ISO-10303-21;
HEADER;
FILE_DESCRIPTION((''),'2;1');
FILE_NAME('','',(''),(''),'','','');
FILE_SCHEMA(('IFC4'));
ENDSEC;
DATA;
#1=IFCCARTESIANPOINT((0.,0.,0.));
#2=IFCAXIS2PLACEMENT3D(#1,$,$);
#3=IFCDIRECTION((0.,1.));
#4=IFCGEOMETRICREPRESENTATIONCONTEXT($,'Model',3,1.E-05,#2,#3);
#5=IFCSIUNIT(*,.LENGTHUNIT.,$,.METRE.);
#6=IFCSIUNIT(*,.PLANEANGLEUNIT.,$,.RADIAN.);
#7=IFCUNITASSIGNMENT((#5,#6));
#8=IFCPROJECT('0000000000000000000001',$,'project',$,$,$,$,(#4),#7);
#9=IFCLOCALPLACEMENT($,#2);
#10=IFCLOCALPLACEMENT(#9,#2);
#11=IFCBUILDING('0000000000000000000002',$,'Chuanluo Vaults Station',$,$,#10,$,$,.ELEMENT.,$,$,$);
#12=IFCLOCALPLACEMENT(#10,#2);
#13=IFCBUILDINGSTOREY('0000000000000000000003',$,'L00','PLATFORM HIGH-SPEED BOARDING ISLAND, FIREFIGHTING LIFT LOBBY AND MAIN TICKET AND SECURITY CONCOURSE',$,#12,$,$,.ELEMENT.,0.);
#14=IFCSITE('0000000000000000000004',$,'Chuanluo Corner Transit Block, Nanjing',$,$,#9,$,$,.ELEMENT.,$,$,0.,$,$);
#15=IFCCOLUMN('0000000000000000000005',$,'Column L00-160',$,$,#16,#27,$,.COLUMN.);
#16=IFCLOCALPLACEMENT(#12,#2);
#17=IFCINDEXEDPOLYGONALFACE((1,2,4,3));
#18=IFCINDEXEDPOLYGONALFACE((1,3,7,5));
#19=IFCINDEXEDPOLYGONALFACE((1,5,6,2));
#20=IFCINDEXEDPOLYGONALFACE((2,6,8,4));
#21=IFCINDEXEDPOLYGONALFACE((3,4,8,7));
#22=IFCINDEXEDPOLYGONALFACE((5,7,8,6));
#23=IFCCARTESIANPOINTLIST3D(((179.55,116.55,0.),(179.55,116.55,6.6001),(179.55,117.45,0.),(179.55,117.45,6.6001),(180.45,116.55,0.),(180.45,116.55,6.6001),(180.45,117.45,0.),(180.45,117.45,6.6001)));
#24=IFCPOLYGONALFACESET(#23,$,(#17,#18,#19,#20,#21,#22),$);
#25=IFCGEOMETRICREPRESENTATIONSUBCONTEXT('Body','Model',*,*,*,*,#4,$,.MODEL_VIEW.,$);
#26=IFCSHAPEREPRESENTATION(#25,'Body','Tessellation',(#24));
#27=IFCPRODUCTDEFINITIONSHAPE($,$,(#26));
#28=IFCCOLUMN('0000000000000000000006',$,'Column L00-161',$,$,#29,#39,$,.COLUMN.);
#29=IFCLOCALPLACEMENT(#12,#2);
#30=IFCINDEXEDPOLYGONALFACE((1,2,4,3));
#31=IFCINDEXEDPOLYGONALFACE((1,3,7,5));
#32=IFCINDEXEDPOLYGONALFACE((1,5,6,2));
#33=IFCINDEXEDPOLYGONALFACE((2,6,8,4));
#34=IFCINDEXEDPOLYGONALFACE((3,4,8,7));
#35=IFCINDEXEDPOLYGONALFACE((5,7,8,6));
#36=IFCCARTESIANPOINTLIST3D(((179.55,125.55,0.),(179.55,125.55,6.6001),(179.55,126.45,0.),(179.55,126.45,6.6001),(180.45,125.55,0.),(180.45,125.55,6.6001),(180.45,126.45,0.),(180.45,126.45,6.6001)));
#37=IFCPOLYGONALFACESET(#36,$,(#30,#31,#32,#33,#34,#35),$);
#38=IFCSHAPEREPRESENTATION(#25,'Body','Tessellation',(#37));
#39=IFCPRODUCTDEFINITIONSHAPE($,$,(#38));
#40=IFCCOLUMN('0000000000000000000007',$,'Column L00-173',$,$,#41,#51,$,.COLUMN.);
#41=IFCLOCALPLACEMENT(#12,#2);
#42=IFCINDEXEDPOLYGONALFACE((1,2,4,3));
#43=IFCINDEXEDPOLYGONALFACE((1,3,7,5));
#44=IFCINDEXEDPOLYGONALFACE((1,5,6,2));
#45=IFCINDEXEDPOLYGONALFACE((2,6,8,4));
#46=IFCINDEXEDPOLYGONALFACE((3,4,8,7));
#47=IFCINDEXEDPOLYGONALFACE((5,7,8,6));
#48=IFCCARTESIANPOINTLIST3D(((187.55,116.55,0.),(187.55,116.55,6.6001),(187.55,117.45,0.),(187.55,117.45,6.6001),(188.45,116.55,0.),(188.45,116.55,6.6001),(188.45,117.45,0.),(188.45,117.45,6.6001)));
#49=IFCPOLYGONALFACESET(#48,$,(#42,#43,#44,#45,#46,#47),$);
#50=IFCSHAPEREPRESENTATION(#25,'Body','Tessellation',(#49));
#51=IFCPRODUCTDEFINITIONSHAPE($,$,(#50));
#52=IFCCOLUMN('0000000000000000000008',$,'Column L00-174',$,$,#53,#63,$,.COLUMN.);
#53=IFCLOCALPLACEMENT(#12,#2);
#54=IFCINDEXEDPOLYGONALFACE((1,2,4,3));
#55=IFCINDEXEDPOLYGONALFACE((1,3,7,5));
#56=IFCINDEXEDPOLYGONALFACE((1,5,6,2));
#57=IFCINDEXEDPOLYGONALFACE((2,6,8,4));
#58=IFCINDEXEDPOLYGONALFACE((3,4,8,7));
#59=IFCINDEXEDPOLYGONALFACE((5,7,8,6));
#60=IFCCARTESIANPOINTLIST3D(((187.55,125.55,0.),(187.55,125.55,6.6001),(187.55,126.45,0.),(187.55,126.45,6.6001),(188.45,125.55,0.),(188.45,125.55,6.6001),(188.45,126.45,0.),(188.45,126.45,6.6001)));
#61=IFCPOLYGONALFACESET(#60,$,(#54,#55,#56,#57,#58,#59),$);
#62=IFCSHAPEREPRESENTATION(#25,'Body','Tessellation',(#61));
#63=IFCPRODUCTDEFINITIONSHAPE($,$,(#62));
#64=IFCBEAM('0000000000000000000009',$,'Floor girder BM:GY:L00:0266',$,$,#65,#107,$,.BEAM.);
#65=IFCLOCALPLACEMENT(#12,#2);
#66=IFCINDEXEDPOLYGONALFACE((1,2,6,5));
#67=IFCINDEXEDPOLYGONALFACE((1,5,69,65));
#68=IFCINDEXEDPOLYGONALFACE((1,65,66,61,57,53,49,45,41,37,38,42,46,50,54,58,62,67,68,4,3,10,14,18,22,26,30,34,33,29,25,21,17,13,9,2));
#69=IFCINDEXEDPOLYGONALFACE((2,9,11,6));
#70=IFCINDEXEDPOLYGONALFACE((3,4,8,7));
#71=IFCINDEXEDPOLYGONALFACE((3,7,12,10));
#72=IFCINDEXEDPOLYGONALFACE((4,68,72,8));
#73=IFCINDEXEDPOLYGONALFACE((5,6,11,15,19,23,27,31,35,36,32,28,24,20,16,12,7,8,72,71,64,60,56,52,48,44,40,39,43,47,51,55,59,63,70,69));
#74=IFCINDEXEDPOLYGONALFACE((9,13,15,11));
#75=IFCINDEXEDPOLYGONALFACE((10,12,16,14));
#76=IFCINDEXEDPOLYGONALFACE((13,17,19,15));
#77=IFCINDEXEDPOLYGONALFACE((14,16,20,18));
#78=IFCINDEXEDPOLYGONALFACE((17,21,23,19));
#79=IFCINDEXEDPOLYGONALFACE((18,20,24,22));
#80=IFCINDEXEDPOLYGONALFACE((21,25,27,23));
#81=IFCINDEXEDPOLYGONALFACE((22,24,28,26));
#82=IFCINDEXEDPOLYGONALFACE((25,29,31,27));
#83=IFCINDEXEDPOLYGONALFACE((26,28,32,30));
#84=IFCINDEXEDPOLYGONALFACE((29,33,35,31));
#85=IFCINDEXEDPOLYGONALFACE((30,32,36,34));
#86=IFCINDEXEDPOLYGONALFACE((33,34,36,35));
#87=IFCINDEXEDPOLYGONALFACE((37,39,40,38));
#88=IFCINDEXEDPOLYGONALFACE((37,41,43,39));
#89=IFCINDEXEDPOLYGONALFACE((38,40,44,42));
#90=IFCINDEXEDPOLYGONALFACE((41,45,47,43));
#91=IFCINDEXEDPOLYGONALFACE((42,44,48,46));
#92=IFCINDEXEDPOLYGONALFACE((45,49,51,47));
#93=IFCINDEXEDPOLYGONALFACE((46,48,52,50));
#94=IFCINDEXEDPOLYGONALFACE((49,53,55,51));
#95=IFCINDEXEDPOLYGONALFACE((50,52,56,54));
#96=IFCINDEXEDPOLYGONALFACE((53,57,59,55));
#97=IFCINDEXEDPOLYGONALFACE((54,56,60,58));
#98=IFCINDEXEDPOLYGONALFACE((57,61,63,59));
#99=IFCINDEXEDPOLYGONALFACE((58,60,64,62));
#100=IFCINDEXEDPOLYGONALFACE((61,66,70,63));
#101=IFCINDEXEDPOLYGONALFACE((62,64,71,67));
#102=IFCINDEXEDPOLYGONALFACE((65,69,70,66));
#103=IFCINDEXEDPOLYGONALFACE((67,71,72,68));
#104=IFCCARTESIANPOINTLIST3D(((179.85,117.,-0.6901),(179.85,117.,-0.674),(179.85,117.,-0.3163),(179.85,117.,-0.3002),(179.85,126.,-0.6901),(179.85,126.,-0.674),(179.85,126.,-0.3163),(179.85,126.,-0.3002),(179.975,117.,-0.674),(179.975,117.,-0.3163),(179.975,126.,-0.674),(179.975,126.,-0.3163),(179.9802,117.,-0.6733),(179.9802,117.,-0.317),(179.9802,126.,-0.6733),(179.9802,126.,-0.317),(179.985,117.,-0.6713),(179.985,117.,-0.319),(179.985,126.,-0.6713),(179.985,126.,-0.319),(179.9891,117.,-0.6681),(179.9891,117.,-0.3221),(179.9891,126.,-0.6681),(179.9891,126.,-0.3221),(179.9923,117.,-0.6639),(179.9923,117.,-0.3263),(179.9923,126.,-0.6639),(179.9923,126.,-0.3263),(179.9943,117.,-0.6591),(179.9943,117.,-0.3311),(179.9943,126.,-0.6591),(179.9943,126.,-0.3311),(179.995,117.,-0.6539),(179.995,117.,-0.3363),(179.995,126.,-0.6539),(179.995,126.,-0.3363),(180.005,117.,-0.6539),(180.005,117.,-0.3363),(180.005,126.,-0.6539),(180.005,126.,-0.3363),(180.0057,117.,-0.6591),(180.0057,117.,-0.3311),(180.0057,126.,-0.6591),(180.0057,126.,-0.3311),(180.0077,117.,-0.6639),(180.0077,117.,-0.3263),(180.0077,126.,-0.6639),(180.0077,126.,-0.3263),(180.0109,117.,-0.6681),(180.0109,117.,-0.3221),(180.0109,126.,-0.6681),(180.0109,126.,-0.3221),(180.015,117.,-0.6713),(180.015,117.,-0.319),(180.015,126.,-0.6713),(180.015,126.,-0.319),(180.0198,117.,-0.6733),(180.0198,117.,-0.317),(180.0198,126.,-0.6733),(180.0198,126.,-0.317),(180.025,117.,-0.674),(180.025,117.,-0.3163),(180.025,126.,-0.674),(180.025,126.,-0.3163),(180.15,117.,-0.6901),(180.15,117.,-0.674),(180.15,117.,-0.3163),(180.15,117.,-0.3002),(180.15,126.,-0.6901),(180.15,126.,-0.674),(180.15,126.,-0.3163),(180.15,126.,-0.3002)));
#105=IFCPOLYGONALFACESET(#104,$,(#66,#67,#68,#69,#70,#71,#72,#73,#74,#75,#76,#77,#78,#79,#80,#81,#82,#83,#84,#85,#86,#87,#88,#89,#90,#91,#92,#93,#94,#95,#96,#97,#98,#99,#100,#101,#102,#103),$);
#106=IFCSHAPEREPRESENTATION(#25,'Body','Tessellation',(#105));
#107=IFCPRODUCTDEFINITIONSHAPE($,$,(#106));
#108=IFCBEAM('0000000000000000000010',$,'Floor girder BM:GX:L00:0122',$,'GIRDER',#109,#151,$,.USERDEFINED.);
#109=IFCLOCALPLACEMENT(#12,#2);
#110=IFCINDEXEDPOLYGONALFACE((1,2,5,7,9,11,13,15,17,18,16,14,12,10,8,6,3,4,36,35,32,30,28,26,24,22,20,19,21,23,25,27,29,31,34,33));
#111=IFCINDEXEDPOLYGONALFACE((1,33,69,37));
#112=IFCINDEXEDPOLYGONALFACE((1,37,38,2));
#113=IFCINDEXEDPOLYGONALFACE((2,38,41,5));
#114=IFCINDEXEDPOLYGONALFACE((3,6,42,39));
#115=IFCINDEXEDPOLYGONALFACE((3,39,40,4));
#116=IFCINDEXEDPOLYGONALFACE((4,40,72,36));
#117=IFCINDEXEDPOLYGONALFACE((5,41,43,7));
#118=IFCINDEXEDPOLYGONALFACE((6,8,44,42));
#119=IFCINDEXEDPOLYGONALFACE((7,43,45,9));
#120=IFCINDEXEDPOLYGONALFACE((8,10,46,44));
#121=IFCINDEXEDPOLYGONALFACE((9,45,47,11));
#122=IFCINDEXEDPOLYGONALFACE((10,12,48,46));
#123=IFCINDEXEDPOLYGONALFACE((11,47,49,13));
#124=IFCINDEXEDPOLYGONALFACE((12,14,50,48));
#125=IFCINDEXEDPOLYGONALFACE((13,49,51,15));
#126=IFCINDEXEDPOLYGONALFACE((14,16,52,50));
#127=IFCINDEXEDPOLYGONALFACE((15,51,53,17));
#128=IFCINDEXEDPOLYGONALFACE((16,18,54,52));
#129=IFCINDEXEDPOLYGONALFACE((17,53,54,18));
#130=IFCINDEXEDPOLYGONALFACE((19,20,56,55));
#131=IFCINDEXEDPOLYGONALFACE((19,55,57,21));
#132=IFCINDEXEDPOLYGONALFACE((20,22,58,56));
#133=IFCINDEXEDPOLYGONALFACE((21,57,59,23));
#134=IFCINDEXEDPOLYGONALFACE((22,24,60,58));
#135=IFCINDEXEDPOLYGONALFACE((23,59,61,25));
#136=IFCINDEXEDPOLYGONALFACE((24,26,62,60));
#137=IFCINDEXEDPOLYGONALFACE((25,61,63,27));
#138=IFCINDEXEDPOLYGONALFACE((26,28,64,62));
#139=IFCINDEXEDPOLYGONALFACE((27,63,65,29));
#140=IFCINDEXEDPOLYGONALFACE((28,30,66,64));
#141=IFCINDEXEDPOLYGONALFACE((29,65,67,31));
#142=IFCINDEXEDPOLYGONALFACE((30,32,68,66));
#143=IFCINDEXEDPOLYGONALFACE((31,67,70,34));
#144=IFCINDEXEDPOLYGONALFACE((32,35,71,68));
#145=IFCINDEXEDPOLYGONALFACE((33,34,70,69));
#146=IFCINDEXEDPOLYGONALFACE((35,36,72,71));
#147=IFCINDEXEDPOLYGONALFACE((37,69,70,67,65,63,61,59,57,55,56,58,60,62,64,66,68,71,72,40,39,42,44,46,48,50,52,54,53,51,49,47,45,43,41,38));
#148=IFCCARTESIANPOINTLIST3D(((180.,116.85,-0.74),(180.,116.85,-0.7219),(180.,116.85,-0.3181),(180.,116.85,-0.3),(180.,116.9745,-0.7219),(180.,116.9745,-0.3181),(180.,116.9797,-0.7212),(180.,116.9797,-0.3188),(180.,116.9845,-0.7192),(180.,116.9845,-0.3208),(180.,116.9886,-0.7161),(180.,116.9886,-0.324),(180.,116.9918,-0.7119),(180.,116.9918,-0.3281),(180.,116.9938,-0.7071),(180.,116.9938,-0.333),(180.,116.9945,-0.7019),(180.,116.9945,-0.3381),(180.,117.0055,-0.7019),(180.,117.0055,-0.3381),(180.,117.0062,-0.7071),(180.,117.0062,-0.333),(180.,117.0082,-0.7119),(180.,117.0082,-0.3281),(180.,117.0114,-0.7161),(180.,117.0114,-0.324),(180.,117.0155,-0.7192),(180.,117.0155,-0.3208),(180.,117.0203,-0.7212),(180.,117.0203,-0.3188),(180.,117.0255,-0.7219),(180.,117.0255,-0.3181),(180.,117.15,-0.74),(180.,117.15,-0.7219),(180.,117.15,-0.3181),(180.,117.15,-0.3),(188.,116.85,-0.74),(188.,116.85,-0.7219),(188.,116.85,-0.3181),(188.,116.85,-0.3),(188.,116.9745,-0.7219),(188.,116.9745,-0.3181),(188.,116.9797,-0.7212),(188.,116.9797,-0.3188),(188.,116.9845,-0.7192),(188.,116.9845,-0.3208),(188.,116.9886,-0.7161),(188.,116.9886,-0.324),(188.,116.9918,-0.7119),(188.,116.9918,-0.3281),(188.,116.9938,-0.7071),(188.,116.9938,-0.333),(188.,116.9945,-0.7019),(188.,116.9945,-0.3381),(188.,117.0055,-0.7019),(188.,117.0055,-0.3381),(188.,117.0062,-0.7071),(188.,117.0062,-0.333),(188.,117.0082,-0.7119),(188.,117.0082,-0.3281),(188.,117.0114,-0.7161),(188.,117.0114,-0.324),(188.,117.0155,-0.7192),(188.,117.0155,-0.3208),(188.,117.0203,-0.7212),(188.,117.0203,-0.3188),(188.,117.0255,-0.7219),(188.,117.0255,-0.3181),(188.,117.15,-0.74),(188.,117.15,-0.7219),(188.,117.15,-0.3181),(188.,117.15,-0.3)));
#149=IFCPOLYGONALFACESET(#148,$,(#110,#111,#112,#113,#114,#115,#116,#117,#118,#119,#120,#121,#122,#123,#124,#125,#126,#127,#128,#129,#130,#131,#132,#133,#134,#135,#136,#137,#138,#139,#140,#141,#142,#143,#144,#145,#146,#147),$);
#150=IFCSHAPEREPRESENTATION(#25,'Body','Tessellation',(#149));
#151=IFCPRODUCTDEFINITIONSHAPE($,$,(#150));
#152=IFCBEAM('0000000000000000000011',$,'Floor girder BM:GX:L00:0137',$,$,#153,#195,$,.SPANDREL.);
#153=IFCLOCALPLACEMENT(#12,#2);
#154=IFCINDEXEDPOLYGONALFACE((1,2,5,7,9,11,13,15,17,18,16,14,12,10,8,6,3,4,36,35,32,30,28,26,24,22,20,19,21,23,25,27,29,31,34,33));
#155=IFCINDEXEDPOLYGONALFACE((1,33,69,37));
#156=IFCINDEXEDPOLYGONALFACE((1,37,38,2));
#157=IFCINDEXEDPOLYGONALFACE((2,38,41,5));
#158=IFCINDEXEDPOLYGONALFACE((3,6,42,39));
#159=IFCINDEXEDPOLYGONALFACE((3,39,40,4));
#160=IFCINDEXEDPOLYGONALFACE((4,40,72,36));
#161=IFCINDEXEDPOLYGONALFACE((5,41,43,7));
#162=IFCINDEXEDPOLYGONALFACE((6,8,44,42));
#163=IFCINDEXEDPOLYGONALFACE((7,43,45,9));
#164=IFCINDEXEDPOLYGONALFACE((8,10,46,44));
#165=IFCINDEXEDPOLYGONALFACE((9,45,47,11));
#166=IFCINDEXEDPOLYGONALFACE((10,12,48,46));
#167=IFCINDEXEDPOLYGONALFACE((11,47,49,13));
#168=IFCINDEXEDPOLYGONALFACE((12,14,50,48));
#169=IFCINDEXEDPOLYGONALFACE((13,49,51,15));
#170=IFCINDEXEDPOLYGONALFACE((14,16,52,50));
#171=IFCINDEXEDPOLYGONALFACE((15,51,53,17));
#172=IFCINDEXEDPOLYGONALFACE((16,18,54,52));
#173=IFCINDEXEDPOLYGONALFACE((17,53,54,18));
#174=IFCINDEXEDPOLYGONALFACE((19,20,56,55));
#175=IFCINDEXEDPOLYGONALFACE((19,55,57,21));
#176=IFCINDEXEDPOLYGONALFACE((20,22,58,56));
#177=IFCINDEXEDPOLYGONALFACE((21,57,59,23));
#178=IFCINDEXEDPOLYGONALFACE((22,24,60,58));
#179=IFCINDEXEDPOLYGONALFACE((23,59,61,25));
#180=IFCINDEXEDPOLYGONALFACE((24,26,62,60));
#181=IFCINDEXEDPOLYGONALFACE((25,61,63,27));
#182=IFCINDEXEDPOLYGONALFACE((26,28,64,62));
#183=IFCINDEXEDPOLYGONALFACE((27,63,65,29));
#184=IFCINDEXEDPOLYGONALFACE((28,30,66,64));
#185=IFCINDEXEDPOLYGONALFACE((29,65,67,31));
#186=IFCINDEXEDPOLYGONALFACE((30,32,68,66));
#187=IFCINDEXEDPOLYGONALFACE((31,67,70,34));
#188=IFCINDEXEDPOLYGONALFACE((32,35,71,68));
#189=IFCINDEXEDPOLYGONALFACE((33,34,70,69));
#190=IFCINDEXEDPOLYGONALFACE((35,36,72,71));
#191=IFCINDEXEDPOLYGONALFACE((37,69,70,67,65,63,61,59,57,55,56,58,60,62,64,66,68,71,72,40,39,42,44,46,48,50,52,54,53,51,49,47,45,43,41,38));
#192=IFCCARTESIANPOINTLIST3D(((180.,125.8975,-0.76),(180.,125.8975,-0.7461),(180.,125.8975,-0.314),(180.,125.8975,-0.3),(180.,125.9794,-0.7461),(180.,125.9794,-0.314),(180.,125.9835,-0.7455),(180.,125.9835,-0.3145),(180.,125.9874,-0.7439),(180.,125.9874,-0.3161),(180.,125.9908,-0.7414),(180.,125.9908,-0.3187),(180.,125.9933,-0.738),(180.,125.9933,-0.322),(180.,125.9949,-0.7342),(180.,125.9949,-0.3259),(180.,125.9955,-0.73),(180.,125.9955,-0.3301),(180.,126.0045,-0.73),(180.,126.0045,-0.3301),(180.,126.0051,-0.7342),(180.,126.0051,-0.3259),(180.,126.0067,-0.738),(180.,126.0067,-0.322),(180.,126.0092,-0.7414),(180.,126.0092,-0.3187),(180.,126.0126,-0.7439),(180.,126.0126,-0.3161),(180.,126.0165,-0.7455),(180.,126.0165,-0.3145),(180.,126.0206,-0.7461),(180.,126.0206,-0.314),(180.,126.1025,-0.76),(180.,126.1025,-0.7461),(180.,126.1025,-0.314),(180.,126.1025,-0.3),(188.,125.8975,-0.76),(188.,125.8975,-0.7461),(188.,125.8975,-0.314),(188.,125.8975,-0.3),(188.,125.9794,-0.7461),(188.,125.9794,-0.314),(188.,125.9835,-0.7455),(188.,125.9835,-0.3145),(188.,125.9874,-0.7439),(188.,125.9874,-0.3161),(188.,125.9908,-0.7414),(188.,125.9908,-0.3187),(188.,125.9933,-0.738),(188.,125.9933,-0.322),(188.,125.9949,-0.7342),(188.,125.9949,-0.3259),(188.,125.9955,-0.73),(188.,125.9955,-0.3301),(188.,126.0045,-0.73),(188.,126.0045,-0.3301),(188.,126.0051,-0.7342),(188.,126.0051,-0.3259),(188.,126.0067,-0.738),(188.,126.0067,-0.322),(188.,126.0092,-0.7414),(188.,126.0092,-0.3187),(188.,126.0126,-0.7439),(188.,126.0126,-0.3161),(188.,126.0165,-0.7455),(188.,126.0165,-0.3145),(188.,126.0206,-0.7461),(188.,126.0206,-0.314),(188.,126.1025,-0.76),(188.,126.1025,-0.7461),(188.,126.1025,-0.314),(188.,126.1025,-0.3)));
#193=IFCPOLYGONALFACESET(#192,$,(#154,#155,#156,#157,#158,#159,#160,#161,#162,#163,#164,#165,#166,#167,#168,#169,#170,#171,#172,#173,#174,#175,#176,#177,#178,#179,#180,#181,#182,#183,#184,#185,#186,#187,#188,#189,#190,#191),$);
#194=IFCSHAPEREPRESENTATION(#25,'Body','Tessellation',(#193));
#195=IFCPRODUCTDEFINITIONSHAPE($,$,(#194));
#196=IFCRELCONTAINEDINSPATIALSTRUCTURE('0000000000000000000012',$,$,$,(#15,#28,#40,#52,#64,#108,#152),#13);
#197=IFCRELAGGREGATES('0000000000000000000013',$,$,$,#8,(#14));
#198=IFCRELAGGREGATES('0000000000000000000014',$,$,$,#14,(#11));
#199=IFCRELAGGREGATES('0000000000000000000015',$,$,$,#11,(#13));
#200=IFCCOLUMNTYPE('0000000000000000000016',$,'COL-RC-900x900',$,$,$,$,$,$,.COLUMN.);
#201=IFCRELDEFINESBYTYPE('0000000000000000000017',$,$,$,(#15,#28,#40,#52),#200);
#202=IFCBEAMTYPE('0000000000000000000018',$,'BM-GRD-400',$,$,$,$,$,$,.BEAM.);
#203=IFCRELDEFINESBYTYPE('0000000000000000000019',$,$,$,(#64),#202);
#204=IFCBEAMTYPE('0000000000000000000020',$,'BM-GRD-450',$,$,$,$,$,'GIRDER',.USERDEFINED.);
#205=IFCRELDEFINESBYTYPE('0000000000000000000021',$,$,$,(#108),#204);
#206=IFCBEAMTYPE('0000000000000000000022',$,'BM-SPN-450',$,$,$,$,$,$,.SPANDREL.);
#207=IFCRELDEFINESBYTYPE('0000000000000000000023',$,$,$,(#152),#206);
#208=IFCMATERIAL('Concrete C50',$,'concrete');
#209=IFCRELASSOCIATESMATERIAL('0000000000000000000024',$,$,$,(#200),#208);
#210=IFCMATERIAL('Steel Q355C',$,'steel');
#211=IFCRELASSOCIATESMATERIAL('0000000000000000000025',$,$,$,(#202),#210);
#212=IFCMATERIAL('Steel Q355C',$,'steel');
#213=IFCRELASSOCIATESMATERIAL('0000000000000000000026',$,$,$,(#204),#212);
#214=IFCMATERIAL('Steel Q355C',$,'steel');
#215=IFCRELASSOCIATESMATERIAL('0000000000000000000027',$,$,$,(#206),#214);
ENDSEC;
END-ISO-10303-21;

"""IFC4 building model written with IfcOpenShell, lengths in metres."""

from ifc_helpers import new_model, si_unit, direction, frame, origin, origin_2d, place, context, subcontext, project, spatial, rectangle, i_section, extrude, material, material_profile, profile_set, type_object, element, save


model = new_model("IFC4")

# Units and contexts
model_context = context("Model", 3, precision=1e-05, world=origin(), true_north=direction((0.0, 1.0)))
body_context = subcontext(model_context, "Body", "Model", "MODEL_VIEW")
ifc_project = project(units=[si_unit("LENGTHUNIT", "METRE"), si_unit("PLANEANGLEUNIT", "RADIAN")], contexts=[model_context])

# Site, building, storey
site_placement = place(None, origin())
site = spatial("IfcSite", under=ifc_project, at=site_placement, Name="Chuanluo Corner Transit Block, Nanjing", CompositionType="ELEMENT", RefElevation=0.0)
building_placement = place(site_placement, origin())
building = spatial("IfcBuilding", under=site, at=building_placement, Name="Chuanluo Vaults Station", CompositionType="ELEMENT")
storey_placement = place(building_placement, origin())
storey = spatial("IfcBuildingStorey", under=building, at=storey_placement, Name="L00", Description="PLATFORM HIGH-SPEED BOARDING ISLAND, FIREFIGHTING LIFT LOBBY AND MAIN TICKET AND SECURITY CONCOURSE", CompositionType="ELEMENT", Elevation=0.0)

# Columns
ifc_material_1 = material(Name="Concrete C50", Category="concrete")
ifc_material_profile_1 = material_profile(ifc_material_1, rectangle(XDim=0.8999, YDim=0.8999, at=origin_2d()))
ifc_profile_set_1 = profile_set([ifc_material_profile_1], Name="Concrete C50")
column_type = type_object("IfcColumnType", Name="COL-RC-900x900", PredefinedType="COLUMN", material=ifc_profile_set_1)
for number, where, z_axis, x_axis, name in (
    (1, (180.0, 117.0, 0.0), (0.0, 0.0, 1.0), (1.0, 0.0, 0.0), "Column L00-160"),
    (2, (180.0, 126.0, 0.0), (0.0, 0.0, 1.0), (1.0, 0.0, 0.0), "Column L00-161"),
    (3, (188.0, 117.0, 0.0), (0.0, 0.0, 1.0), (1.0, 0.0, 0.0), "Column L00-173"),
    (4, (188.0, 126.0, 0.0), (0.0, 0.0, 1.0), (1.0, 0.0, 0.0), "Column L00-174"),
):
    element("IfcColumn", number, at=place(storey_placement, frame(where, z_axis=z_axis, x_axis=x_axis)), inside=storey, type_object=column_type, Name=name, PredefinedType="COLUMN", context=body_context, shape_type="SweptSolid", body=[
        extrude(rectangle(XDim=0.8999, YDim=0.8999, at=origin_2d()), origin(), (0.0, 0.0, 1.0), 6.6001),
    ])

# Beams
ifc_material_2 = material(Name="Steel Q355C", Category="steel")
ifc_material_profile_2 = material_profile(ifc_material_2, i_section(OverallWidth=0.3, OverallDepth=0.3899, WebThickness=0.01, FlangeThickness=0.0161, FilletRadius=0.02, at=origin_2d()))
ifc_profile_set_2 = profile_set([ifc_material_profile_2], Name="Steel Q355C")
beam_type_1 = type_object("IfcBeamType", Name="BM-GRD-400", PredefinedType="BEAM", material=ifc_profile_set_2)
beam_1_placement = place(storey_placement, frame((180.0, 117.0, -0.4951), z_axis=(0.0, 1.0, 0.0), x_axis=(-1.0, 0.0, 0.0)))
element("IfcBeam", 5, at=beam_1_placement, inside=storey, type_object=beam_type_1, Name="Floor girder BM:GY:L00:0266", PredefinedType="BEAM", context=body_context, shape_type="SweptSolid", body=[
    extrude(i_section(OverallWidth=0.3, OverallDepth=0.3899, WebThickness=0.01, FlangeThickness=0.0161, FilletRadius=0.02, at=origin_2d()), origin(), (0.0, 0.0, 1.0), 9.0),
])
ifc_material_3 = material(Name="Steel Q355C", Category="steel")
ifc_material_profile_3 = material_profile(ifc_material_3, i_section(OverallWidth=0.3, OverallDepth=0.4399, WebThickness=0.011, FlangeThickness=0.0181, FilletRadius=0.02, at=origin_2d()))
ifc_profile_set_3 = profile_set([ifc_material_profile_3], Name="Steel Q355C")
beam_type_2 = type_object("IfcBeamType", Name="BM-GRD-450", ElementType="GIRDER", PredefinedType="USERDEFINED", material=ifc_profile_set_3)
beam_2_placement = place(storey_placement, frame((180.0, 117.0, -0.52), z_axis=(1.0, 0.0, 0.0), x_axis=(0.0, 1.0, 0.0)))
element("IfcBeam", 6, at=beam_2_placement, inside=storey, type_object=beam_type_2, Name="Floor girder BM:GX:L00:0122", ObjectType="GIRDER", PredefinedType="USERDEFINED", context=body_context, shape_type="SweptSolid", body=[
    extrude(i_section(OverallWidth=0.3, OverallDepth=0.4399, WebThickness=0.011, FlangeThickness=0.0181, FilletRadius=0.02, at=origin_2d()), origin(), (0.0, 0.0, 1.0), 8.0),
])
ifc_material_4 = material(Name="Steel Q355C", Category="steel")
ifc_material_profile_4 = material_profile(ifc_material_4, i_section(OverallWidth=0.2051, OverallDepth=0.46, WebThickness=0.009, FlangeThickness=0.0139, FilletRadius=0.0161, at=origin_2d()))
ifc_profile_set_4 = profile_set([ifc_material_profile_4], Name="Steel Q355C")
beam_type_3 = type_object("IfcBeamType", Name="BM-SPN-450", PredefinedType="SPANDREL", material=ifc_profile_set_4)
beam_3_placement = place(storey_placement, frame((180.0, 126.0, -0.53), z_axis=(1.0, 0.0, 0.0), x_axis=(0.0, 1.0, 0.0)))
element("IfcBeam", 7, at=beam_3_placement, inside=storey, type_object=beam_type_3, Name="Floor girder BM:GX:L00:0137", PredefinedType="SPANDREL", context=body_context, shape_type="SweptSolid", body=[
    extrude(i_section(OverallWidth=0.2051, OverallDepth=0.46, WebThickness=0.009, FlangeThickness=0.0139, FilletRadius=0.0161, at=origin_2d()), origin(), (0.0, 0.0, 1.0), 8.0),
])

save(model, "model.ifc")
